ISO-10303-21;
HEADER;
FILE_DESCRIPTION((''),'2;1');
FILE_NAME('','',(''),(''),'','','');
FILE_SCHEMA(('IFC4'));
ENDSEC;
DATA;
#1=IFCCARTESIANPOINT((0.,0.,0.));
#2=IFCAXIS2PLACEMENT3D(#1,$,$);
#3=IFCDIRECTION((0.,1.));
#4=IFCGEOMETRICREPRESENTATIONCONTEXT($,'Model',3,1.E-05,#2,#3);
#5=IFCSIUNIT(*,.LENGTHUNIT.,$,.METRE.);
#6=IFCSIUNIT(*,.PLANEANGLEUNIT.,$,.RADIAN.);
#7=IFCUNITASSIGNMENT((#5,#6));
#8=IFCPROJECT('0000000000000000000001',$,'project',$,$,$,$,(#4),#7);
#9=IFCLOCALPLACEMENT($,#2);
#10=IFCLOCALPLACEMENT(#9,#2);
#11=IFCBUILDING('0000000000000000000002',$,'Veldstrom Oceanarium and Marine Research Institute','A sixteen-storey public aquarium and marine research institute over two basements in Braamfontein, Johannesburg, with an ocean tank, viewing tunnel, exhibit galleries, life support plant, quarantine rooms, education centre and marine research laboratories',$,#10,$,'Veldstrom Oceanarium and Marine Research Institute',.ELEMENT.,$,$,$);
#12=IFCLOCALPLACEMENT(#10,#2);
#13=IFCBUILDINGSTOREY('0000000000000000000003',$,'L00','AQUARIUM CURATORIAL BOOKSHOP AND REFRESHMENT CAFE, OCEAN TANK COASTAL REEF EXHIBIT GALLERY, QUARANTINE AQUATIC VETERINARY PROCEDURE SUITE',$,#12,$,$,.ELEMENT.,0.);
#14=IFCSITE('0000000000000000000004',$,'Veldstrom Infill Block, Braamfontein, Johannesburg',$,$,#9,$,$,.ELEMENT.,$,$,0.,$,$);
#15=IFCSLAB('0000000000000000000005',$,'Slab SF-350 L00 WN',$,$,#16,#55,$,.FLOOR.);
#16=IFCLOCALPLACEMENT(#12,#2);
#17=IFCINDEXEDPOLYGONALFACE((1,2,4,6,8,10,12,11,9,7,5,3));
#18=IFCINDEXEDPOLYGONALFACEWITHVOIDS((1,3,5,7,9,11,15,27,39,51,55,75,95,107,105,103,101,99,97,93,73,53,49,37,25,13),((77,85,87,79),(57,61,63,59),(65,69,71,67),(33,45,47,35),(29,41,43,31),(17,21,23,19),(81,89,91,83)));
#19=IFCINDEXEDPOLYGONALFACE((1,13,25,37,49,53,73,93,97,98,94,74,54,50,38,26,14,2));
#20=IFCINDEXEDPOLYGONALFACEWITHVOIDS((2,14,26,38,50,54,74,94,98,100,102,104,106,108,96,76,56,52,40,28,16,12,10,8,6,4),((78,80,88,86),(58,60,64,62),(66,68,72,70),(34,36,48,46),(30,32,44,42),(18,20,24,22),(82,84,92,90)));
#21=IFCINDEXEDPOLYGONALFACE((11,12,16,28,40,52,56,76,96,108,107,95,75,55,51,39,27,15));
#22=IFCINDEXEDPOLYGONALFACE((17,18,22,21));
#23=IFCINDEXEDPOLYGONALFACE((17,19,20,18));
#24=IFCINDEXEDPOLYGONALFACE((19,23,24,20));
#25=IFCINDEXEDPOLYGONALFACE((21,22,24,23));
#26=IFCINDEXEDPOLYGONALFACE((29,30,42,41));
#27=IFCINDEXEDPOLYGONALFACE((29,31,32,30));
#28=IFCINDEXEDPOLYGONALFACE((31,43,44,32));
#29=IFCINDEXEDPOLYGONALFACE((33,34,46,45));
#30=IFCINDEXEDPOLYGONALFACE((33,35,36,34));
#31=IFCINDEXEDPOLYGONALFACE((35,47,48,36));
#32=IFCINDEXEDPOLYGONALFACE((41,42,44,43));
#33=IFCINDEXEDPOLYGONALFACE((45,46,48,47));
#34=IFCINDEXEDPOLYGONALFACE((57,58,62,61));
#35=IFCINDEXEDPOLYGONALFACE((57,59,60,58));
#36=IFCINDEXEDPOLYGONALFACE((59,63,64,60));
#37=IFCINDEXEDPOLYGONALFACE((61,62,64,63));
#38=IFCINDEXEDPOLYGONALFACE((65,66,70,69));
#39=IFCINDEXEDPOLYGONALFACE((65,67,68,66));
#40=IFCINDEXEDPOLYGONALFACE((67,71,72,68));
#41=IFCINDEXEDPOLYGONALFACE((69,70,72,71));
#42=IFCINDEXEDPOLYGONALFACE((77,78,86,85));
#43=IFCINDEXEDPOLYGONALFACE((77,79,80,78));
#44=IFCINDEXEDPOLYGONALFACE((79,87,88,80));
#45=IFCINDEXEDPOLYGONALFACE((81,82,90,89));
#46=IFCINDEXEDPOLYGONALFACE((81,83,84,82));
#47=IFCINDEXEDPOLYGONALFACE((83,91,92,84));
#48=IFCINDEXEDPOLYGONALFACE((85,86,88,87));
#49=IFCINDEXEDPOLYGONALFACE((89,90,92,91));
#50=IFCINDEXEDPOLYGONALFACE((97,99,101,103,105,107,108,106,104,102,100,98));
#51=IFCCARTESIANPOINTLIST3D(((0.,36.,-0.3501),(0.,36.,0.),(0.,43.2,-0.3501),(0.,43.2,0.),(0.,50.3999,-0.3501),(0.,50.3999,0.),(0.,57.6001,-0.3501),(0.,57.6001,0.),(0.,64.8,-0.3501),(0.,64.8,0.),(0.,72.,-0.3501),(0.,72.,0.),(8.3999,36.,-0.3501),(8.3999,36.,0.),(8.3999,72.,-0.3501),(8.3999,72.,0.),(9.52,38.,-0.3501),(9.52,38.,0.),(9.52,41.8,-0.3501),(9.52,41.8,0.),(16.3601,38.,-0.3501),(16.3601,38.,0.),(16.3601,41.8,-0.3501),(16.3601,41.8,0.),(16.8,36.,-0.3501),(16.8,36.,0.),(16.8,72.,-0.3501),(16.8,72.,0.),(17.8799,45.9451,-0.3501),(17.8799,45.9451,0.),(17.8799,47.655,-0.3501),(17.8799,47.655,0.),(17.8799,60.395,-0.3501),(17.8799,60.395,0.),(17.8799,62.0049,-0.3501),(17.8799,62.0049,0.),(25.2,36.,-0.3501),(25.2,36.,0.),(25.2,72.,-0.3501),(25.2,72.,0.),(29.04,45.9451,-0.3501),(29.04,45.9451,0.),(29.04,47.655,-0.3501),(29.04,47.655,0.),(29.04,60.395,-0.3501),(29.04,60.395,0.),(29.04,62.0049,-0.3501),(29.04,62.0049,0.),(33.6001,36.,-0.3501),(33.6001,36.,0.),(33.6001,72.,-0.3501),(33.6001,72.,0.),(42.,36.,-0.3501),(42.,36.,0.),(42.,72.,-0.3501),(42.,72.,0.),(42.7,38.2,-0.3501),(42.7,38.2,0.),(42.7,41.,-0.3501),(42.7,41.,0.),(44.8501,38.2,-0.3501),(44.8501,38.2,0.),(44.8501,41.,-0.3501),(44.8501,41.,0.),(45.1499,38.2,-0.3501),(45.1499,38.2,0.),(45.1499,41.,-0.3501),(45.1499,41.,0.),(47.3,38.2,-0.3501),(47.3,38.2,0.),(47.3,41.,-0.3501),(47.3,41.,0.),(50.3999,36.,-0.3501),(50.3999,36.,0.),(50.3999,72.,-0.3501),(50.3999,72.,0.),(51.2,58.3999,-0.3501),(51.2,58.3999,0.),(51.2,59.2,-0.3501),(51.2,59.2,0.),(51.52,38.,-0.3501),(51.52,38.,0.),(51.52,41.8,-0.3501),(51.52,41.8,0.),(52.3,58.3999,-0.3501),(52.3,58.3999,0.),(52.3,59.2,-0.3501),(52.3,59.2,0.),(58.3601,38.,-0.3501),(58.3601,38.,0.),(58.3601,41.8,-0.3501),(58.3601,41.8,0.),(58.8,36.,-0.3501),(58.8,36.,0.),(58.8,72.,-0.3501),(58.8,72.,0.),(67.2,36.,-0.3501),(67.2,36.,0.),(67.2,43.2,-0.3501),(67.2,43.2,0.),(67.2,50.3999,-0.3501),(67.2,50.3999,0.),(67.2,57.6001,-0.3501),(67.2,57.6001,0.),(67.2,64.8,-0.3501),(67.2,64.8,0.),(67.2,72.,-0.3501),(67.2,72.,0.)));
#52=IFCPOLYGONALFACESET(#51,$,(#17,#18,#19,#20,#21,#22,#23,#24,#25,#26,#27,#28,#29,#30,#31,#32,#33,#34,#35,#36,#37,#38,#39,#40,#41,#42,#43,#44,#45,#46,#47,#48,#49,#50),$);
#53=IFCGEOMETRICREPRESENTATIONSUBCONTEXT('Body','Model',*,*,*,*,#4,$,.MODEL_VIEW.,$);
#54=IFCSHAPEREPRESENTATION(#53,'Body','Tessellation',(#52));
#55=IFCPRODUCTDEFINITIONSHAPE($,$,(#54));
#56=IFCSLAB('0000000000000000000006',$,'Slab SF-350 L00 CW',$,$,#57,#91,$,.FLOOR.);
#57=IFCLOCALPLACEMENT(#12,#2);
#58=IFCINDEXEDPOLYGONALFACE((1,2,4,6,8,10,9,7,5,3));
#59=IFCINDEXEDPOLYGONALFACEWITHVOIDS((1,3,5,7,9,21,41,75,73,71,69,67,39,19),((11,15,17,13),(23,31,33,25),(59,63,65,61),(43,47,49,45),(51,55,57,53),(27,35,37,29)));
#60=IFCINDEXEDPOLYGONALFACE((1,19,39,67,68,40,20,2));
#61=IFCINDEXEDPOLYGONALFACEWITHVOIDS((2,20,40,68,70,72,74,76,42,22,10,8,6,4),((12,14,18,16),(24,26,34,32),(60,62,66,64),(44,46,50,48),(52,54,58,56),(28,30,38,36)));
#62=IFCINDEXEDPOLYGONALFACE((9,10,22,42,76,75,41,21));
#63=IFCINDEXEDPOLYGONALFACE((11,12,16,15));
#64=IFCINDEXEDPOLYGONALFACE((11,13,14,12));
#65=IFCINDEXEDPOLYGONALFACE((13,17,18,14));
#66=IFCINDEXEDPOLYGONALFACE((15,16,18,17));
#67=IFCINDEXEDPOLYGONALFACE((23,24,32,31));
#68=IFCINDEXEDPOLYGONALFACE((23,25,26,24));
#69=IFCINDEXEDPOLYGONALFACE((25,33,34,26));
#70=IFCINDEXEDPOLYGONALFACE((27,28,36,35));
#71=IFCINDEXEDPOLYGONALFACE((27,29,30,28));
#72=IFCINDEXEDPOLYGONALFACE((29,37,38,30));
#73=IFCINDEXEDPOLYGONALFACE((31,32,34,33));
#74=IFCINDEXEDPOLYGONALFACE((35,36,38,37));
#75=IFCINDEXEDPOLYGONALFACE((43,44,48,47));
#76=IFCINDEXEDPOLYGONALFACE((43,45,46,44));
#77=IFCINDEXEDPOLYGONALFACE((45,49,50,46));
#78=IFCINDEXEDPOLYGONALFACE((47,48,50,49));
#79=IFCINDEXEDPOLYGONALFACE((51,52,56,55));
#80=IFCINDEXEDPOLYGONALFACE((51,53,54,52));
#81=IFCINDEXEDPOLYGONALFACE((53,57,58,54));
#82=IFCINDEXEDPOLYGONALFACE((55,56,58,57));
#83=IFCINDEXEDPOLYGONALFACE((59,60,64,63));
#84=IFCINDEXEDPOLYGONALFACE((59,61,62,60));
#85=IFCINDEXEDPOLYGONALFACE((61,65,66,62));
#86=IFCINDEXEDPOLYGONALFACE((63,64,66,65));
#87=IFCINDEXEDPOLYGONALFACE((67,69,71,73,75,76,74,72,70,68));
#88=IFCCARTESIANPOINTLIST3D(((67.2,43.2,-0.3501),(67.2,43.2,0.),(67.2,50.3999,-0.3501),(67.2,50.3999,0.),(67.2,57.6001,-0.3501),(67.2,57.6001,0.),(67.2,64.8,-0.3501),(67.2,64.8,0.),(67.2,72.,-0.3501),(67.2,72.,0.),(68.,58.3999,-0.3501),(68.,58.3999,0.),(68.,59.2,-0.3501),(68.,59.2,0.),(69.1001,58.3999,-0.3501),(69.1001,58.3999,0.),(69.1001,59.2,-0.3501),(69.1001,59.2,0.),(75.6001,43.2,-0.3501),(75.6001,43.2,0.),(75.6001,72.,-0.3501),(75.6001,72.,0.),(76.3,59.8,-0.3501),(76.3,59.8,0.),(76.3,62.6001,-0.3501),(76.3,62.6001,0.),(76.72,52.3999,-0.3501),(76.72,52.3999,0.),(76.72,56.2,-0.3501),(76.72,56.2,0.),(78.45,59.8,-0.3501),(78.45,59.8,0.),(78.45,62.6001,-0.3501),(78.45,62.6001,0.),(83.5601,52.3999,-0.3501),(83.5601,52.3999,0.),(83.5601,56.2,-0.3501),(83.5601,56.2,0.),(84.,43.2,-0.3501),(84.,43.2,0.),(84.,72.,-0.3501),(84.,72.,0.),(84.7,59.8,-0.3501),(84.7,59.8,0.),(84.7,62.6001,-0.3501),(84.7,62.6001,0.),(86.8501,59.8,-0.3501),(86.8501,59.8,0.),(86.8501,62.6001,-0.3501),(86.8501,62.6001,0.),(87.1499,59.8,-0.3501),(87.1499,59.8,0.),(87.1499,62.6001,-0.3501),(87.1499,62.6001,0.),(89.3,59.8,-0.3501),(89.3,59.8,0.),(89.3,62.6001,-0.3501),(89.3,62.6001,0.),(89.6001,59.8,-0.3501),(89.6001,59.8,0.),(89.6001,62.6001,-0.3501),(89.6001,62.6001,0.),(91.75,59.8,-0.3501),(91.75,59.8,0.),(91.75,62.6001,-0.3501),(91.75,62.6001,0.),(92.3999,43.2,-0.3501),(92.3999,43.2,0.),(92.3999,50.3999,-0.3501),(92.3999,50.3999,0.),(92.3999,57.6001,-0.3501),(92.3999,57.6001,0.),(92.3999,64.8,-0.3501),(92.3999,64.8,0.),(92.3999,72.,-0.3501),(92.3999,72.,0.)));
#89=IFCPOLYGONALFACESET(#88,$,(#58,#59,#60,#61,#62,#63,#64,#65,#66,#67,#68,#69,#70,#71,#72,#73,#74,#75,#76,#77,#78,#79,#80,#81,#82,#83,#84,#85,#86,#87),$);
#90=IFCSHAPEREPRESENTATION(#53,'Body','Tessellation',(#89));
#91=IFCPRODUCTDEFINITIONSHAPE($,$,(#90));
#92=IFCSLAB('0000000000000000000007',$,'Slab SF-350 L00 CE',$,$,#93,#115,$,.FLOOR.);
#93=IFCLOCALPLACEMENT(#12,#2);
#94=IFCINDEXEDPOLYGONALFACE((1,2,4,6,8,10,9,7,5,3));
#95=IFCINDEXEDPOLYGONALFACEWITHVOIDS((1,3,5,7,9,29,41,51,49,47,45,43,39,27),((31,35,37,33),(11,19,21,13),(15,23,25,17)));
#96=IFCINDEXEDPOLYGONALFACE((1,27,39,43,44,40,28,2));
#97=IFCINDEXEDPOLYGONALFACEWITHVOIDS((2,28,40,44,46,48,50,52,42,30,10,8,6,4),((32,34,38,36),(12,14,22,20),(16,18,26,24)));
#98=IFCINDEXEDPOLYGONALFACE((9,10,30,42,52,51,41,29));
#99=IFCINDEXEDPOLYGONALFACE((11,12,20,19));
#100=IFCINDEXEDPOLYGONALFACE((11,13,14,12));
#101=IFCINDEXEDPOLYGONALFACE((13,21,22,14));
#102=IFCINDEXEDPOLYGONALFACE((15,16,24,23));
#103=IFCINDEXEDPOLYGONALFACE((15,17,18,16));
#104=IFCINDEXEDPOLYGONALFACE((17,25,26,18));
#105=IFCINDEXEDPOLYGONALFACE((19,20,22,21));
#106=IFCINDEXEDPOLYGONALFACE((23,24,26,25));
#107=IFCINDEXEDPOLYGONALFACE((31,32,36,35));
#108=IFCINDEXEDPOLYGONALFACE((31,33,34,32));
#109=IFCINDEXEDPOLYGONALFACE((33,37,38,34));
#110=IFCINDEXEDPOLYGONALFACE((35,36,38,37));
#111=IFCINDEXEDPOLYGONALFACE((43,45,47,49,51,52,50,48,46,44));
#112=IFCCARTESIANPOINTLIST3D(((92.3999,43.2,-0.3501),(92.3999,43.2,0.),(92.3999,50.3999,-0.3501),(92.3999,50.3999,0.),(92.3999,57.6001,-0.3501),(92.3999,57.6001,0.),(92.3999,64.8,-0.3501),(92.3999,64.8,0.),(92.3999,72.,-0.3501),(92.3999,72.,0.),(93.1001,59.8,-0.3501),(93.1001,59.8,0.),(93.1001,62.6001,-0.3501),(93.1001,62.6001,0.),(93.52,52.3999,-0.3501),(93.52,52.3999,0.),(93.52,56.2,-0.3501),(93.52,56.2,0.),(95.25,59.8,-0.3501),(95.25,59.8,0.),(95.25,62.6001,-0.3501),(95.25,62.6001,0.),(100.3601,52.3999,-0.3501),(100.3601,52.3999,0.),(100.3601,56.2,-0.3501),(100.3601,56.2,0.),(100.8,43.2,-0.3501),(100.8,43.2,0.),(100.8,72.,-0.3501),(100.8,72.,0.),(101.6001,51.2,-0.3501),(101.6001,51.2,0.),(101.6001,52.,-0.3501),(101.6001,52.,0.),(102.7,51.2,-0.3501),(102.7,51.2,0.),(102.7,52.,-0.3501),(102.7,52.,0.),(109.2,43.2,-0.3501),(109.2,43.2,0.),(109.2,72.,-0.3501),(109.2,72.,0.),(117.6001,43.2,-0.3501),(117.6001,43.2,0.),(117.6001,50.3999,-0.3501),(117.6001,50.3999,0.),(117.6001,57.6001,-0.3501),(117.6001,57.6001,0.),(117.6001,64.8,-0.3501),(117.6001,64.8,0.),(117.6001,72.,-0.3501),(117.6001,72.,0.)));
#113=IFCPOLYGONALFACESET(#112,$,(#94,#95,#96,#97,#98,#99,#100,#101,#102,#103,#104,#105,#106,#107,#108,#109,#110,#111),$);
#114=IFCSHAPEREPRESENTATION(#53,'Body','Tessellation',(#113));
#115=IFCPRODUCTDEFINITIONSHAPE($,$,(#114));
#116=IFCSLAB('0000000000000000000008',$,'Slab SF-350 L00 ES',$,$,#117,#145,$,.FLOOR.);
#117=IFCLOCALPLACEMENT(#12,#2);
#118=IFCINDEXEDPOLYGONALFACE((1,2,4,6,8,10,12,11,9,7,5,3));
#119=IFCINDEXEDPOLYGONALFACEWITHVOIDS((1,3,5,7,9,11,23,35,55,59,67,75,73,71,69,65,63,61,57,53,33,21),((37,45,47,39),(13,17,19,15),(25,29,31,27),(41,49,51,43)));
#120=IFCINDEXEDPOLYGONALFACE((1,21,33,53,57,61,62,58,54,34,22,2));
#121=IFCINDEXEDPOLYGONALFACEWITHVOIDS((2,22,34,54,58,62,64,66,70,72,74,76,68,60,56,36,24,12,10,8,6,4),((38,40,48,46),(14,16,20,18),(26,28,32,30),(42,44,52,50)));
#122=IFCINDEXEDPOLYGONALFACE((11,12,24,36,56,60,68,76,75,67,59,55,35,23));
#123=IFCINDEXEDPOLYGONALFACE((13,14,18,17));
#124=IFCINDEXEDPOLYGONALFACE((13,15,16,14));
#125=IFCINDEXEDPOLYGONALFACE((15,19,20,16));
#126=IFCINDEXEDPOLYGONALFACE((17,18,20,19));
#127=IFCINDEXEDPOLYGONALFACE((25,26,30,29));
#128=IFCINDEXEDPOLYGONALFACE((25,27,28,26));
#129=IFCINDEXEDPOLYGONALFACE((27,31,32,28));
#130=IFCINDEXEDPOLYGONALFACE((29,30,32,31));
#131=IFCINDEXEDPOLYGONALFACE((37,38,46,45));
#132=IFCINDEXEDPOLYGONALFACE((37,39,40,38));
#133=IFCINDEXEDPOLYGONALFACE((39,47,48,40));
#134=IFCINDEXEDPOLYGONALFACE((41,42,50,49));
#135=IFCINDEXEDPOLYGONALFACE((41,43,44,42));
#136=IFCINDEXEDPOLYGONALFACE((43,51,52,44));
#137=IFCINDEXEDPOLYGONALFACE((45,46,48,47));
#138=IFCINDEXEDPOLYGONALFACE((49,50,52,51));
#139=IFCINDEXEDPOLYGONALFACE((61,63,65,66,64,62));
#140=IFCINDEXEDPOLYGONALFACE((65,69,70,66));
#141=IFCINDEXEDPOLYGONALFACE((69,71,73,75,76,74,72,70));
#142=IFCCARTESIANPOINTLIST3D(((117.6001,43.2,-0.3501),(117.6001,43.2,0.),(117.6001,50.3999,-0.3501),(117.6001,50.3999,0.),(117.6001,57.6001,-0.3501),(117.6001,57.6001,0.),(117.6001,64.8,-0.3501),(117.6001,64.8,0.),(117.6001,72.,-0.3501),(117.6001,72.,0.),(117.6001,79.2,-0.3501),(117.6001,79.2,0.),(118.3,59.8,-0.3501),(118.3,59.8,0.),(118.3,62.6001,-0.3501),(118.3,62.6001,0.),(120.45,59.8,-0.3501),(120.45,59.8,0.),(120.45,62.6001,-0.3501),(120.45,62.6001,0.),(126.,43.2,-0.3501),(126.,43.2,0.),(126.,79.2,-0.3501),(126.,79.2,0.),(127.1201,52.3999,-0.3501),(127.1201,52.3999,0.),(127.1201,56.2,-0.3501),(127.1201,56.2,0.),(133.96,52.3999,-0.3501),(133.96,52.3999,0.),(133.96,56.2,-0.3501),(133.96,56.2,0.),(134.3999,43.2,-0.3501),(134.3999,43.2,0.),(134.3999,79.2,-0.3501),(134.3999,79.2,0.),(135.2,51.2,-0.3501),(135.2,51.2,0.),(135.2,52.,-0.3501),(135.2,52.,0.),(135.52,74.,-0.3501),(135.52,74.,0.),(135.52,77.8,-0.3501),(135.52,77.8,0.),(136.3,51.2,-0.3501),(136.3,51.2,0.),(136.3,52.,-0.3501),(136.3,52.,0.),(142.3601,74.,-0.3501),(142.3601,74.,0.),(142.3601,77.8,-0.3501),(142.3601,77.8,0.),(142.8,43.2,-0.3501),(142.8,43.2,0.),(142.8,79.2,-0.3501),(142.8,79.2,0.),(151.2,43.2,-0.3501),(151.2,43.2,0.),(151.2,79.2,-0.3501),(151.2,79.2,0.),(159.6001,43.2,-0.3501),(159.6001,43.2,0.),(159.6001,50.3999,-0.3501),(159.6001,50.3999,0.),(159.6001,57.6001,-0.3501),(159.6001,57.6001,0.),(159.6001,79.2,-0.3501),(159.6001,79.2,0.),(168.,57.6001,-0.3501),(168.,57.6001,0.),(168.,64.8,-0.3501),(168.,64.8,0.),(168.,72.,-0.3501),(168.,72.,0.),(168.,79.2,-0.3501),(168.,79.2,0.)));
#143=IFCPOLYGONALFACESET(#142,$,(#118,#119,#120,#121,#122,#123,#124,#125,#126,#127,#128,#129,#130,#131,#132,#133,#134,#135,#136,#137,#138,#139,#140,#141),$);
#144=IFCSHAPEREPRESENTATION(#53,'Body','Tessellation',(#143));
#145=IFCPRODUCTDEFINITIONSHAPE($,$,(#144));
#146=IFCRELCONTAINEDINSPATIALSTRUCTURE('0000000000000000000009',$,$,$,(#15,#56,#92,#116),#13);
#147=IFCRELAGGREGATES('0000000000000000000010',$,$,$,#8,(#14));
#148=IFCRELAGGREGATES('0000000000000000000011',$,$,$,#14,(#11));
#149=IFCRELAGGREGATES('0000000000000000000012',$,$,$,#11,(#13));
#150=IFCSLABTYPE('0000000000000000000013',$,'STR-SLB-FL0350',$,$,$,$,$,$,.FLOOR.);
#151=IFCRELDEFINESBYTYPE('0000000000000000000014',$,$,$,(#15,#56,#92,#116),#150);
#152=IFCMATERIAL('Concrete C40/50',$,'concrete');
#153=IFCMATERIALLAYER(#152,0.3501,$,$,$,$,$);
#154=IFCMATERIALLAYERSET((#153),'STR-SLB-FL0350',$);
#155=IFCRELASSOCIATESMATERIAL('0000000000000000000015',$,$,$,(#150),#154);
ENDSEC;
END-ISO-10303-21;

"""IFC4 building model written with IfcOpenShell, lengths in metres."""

from ifc_helpers import new_model, si_unit, direction, frame, origin, place, context, subcontext, project, spatial, polyline, outline, extrude, material, layer, layer_set, type_object, element, save


model = new_model("IFC4")

# Units and contexts
model_context = context("Model", 3, precision=1e-05, world=origin(), true_north=direction((0.0, 1.0)))
body_context = subcontext(model_context, "Body", "Model", "MODEL_VIEW")
ifc_project = project(units=[si_unit("LENGTHUNIT", "METRE"), si_unit("PLANEANGLEUNIT", "RADIAN")], contexts=[model_context])

# Site, building, storey
site_placement = place(None, origin())
site = spatial("IfcSite", under=ifc_project, at=site_placement, Name="Veldstrom Infill Block, Braamfontein, Johannesburg", CompositionType="ELEMENT", RefElevation=0.0)
building_placement = place(site_placement, origin())
building = spatial("IfcBuilding", under=site, at=building_placement, Name="Veldstrom Oceanarium and Marine Research Institute", Description="A sixteen-storey public aquarium and marine research institute over two basements in Braamfontein, Johannesburg, with an ocean tank, viewing tunnel, exhibit galleries, life support plant, quarantine rooms, education centre and marine research laboratories", LongName="Veldstrom Oceanarium and Marine Research Institute", CompositionType="ELEMENT")
storey_placement = place(building_placement, origin())
storey = spatial("IfcBuildingStorey", under=building, at=storey_placement, Name="L00", Description="AQUARIUM CURATORIAL BOOKSHOP AND REFRESHMENT CAFE, OCEAN TANK COASTAL REEF EXHIBIT GALLERY, QUARANTINE AQUATIC VETERINARY PROCEDURE SUITE", CompositionType="ELEMENT", Elevation=0.0)

# Slabs
ifc_material_1 = material(Name="Concrete C40/50", Category="concrete")
ifc_layer_1 = layer(ifc_material_1, 0.3501)
ifc_layer_set_1 = layer_set([ifc_layer_1], Name="STR-SLB-FL0350")
slab_type_1 = type_object("IfcSlabType", Name="STR-SLB-FL0350", PredefinedType="FLOOR", material=ifc_layer_set_1)
slab_1_placement = place(storey_placement, frame((0.0, 0.0, -0.3501)))
element("IfcSlab", 1, at=slab_1_placement, inside=storey, type_object=slab_type_1, Name="Slab SF-350 L00 WN", PredefinedType="FLOOR", context=body_context, shape_type="SweptSolid", body=[
    extrude(outline(polyline([(67.2, 50.3999), (67.2, 43.2), (67.2, 36.0), (58.8, 36.0), (50.3999, 36.0), (42.0, 36.0), (33.6001, 36.0), (25.2, 36.0), (16.8, 36.0), (8.3999, 36.0), (0.0, 36.0), (0.0, 43.2), (0.0, 50.3999), (0.0, 57.6001), (0.0, 64.8), (0.0, 72.0), (8.3999, 72.0), (16.8, 72.0), (25.2, 72.0), (33.6001, 72.0), (42.0, 72.0), (50.3999, 72.0), (58.8, 72.0), (67.2, 72.0), (67.2, 64.8), (67.2, 57.6001), (67.2, 50.3999)]), holes=[polyline([(16.3601, 38.0), (16.3601, 41.8), (9.52, 41.8), (9.52, 38.0), (16.3601, 38.0)]), polyline([(51.52, 41.8), (51.52, 38.0), (58.3601, 38.0), (58.3601, 41.8), (51.52, 41.8)]), polyline([(29.04, 45.9451), (29.04, 47.655), (17.8799, 47.655), (17.8799, 45.9451), (29.04, 45.9451)]), polyline([(17.8799, 60.395), (29.04, 60.395), (29.04, 62.0049), (17.8799, 62.0049), (17.8799, 60.395)]), polyline([(44.8501, 38.2), (44.8501, 41.0), (42.7, 41.0), (42.7, 38.2), (44.8501, 38.2)]), polyline([(45.1499, 38.2), (47.3, 38.2), (47.3, 41.0), (45.1499, 41.0), (45.1499, 38.2)]), polyline([(52.3, 59.2), (51.2, 59.2), (51.2, 58.3999), (52.3, 58.3999), (52.3, 59.2)])]), origin(), (0.0, 0.0, 1.0), 0.3501),
])
slab_2_placement = place(storey_placement, frame((0.0, 0.0, -0.3501)))
element("IfcSlab", 2, at=slab_2_placement, inside=storey, type_object=slab_type_1, Name="Slab SF-350 L00 CW", PredefinedType="FLOOR", context=body_context, shape_type="SweptSolid", body=[
    extrude(outline(polyline([(92.3999, 72.0), (92.3999, 64.8), (92.3999, 57.6001), (92.3999, 50.3999), (92.3999, 43.2), (84.0, 43.2), (75.6001, 43.2), (67.2, 43.2), (67.2, 50.3999), (67.2, 57.6001), (67.2, 64.8), (67.2, 72.0), (75.6001, 72.0), (84.0, 72.0), (92.3999, 72.0)]), holes=[polyline([(76.72, 56.2), (76.72, 52.3999), (83.5601, 52.3999), (83.5601, 56.2), (76.72, 56.2)]), polyline([(78.45, 62.6001), (76.3, 62.6001), (76.3, 59.8), (78.45, 59.8), (78.45, 62.6001)]), polyline([(84.7, 59.8), (86.8501, 59.8), (86.8501, 62.6001), (84.7, 62.6001), (84.7, 59.8)]), polyline([(87.1499, 62.6001), (87.1499, 59.8), (89.3, 59.8), (89.3, 62.6001), (87.1499, 62.6001)]), polyline([(91.75, 62.6001), (89.6001, 62.6001), (89.6001, 59.8), (91.75, 59.8), (91.75, 62.6001)]), polyline([(69.1001, 59.2), (68.0, 59.2), (68.0, 58.3999), (69.1001, 58.3999), (69.1001, 59.2)])]), origin(), (0.0, 0.0, 1.0), 0.3501),
])
slab_3_placement = place(storey_placement, frame((0.0, 0.0, -0.3501)))
element("IfcSlab", 3, at=slab_3_placement, inside=storey, type_object=slab_type_1, Name="Slab SF-350 L00 CE", PredefinedType="FLOOR", context=body_context, shape_type="SweptSolid", body=[
    extrude(outline(polyline([(109.2, 72.0), (117.6001, 72.0), (117.6001, 64.8), (117.6001, 57.6001), (117.6001, 50.3999), (117.6001, 43.2), (109.2, 43.2), (100.8, 43.2), (92.3999, 43.2), (92.3999, 50.3999), (92.3999, 57.6001), (92.3999, 64.8), (92.3999, 72.0), (100.8, 72.0), (109.2, 72.0)]), holes=[polyline([(100.3601, 56.2), (93.52, 56.2), (93.52, 52.3999), (100.3601, 52.3999), (100.3601, 56.2)]), polyline([(95.25, 59.8), (95.25, 62.6001), (93.1001, 62.6001), (93.1001, 59.8), (95.25, 59.8)]), polyline([(102.7, 52.0), (101.6001, 52.0), (101.6001, 51.2), (102.7, 51.2), (102.7, 52.0)])]), origin(), (0.0, 0.0, 1.0), 0.3501),
])
slab_4_placement = place(storey_placement, frame((0.0, 0.0, -0.3501)))
element("IfcSlab", 4, at=slab_4_placement, inside=storey, type_object=slab_type_1, Name="Slab SF-350 L00 ES", PredefinedType="FLOOR", context=body_context, shape_type="SweptSolid", body=[
    extrude(outline(polyline([(117.6001, 43.2), (117.6001, 50.3999), (117.6001, 57.6001), (117.6001, 64.8), (117.6001, 72.0), (117.6001, 79.2), (126.0, 79.2), (134.3999, 79.2), (142.8, 79.2), (151.2, 79.2), (159.6001, 79.2), (168.0, 79.2), (168.0, 72.0), (168.0, 64.8), (168.0, 57.6001), (159.6001, 57.6001), (159.6001, 50.3999), (159.6001, 43.2), (151.2, 43.2), (142.8, 43.2), (134.3999, 43.2), (126.0, 43.2), (117.6001, 43.2)]), holes=[polyline([(127.1201, 52.3999), (133.96, 52.3999), (133.96, 56.2), (127.1201, 56.2), (127.1201, 52.3999)]), polyline([(142.3601, 77.8), (135.52, 77.8), (135.52, 74.0), (142.3601, 74.0), (142.3601, 77.8)]), polyline([(118.3, 62.6001), (118.3, 59.8), (120.45, 59.8), (120.45, 62.6001), (118.3, 62.6001)]), polyline([(136.3, 52.0), (135.2, 52.0), (135.2, 51.2), (136.3, 51.2), (136.3, 52.0)])]), origin(), (0.0, 0.0, 1.0), 0.3501),
])

save(model, "model.ifc")
